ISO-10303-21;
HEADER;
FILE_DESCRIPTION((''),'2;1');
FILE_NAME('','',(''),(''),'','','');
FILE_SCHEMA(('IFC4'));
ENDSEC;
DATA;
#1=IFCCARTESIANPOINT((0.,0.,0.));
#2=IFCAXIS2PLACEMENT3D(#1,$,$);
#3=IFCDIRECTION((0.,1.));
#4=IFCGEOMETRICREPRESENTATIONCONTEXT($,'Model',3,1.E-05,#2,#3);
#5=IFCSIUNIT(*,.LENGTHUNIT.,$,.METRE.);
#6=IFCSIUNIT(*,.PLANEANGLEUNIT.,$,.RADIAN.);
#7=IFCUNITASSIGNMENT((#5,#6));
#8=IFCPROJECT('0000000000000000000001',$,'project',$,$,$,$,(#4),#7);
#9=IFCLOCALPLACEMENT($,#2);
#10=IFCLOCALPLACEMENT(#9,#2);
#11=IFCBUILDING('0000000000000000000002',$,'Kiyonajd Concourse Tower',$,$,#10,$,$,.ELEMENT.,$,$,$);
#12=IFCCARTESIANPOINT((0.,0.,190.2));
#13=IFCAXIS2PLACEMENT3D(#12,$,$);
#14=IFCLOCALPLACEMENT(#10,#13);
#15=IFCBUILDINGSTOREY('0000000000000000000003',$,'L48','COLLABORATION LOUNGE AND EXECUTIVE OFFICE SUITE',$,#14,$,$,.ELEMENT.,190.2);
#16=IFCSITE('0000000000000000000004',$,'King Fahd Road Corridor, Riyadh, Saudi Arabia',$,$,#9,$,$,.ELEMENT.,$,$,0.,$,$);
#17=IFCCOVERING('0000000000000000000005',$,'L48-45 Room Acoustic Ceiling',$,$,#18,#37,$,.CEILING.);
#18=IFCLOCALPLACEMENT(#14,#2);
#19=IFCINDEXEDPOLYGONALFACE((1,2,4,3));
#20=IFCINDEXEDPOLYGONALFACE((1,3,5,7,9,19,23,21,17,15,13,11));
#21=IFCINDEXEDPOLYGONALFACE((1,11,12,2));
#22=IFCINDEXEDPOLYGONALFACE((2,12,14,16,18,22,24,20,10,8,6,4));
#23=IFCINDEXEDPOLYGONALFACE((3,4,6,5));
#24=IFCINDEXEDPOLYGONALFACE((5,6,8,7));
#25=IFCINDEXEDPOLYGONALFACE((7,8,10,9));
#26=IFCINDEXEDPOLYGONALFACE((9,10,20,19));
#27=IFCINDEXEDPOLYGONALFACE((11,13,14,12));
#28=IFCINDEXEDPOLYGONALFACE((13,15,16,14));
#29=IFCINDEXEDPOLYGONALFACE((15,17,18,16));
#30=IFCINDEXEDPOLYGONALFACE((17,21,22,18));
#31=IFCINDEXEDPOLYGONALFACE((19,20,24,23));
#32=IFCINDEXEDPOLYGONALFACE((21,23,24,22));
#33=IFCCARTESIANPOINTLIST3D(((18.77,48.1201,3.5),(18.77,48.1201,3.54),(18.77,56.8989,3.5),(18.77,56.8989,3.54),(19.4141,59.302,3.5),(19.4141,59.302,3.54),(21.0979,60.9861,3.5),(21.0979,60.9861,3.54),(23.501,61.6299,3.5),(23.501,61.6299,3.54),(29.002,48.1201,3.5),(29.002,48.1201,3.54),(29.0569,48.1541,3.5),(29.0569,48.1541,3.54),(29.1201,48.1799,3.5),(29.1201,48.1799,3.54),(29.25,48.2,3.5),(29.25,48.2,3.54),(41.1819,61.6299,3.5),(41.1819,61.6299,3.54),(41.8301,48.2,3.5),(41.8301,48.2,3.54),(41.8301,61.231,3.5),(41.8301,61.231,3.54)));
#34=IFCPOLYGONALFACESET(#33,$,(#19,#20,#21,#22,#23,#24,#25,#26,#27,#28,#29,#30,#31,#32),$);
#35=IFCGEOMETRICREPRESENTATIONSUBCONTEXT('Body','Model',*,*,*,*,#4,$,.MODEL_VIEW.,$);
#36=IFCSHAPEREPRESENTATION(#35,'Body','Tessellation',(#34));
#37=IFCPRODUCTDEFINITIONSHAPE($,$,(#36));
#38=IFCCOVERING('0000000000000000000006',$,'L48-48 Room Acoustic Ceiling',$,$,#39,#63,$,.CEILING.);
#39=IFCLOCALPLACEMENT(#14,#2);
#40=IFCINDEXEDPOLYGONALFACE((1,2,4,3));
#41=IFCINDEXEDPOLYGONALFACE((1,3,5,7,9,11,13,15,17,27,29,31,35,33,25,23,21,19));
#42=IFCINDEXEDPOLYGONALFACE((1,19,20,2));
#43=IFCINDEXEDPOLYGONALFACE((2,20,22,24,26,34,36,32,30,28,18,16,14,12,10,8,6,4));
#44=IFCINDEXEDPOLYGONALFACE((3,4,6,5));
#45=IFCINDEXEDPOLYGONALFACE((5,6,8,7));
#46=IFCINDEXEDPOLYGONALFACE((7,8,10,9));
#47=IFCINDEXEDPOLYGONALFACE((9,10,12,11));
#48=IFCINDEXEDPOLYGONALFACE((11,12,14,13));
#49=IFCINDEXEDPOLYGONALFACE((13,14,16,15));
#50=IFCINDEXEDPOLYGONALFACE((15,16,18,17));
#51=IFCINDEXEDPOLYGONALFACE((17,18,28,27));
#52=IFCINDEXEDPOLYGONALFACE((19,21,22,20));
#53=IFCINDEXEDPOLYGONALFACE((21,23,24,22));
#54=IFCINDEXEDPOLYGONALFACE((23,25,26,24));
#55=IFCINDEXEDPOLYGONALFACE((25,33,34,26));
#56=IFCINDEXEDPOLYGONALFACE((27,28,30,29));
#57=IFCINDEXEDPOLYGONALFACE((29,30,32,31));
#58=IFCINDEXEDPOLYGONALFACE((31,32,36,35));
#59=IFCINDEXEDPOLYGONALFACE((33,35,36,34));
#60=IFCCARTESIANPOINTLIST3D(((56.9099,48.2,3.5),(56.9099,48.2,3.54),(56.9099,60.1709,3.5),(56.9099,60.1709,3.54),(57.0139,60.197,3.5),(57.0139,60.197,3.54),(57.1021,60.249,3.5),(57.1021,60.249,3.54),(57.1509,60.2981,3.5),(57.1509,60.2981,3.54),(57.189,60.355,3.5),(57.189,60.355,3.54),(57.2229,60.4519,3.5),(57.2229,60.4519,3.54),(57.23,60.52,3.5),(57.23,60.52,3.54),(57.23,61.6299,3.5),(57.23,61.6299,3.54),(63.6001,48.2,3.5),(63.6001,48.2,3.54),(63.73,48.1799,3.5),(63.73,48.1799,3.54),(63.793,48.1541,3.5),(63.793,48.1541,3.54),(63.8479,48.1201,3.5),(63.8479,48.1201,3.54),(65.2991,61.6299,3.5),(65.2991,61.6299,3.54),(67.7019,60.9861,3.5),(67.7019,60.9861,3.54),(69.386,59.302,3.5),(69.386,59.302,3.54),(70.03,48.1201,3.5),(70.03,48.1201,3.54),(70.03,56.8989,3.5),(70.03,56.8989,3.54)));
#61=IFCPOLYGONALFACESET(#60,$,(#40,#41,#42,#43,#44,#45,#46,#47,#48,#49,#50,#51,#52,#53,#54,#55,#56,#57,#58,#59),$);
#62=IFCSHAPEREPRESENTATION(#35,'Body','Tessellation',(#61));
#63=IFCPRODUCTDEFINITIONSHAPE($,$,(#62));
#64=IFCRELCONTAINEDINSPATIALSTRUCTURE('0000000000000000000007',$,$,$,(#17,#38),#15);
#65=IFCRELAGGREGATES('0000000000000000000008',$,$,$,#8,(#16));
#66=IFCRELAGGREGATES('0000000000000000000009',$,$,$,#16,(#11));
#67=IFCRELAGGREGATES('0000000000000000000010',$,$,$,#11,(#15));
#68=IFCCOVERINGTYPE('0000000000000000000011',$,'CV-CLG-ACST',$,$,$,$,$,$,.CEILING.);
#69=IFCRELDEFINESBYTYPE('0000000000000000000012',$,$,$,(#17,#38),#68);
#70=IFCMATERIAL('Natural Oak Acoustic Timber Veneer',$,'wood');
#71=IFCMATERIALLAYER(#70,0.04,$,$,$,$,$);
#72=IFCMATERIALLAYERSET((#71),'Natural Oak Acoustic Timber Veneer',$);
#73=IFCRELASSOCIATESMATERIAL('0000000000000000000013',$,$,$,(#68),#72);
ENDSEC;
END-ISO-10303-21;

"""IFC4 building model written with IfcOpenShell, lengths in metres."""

from ifc_helpers import new_model, si_unit, direction, frame, origin, place, context, subcontext, project, spatial, polyline, outline, extrude, material, layer, layer_set, type_object, element, save


model = new_model("IFC4")

# Units and contexts
model_context = context("Model", 3, precision=1e-05, world=origin(), true_north=direction((0.0, 1.0)))
body_context = subcontext(model_context, "Body", "Model", "MODEL_VIEW")
ifc_project = project(units=[si_unit("LENGTHUNIT", "METRE"), si_unit("PLANEANGLEUNIT", "RADIAN")], contexts=[model_context])

# Site, building, storey
site_placement = place(None, origin())
site = spatial("IfcSite", under=ifc_project, at=site_placement, Name="King Fahd Road Corridor, Riyadh, Saudi Arabia", CompositionType="ELEMENT", RefElevation=0.0)
building_placement = place(site_placement, origin())
building = spatial("IfcBuilding", under=site, at=building_placement, Name="Kiyonajd Concourse Tower", CompositionType="ELEMENT")
storey_placement = place(building_placement, frame((0.0, 0.0, 190.2)))
storey = spatial("IfcBuildingStorey", under=building, at=storey_placement, Name="L48", Description="COLLABORATION LOUNGE AND EXECUTIVE OFFICE SUITE", CompositionType="ELEMENT", Elevation=190.2)

# Coverings
ifc_material_1 = material(Name="Natural Oak Acoustic Timber Veneer", Category="wood")
ifc_layer_1 = layer(ifc_material_1, 0.04)
ifc_layer_set_1 = layer_set([ifc_layer_1], Name="Natural Oak Acoustic Timber Veneer")
covering_type = type_object("IfcCoveringType", Name="CV-CLG-ACST", PredefinedType="CEILING", material=ifc_layer_set_1)
covering_1_placement = place(storey_placement, frame((0.0, 0.0, 3.5)))
element("IfcCovering", 1, at=covering_1_placement, inside=storey, type_object=covering_type, Name="L48-45 Room Acoustic Ceiling", PredefinedType="CEILING", context=body_context, shape_type="SweptSolid", body=[
    extrude(outline(polyline([(21.0979, 60.9861), (23.501, 61.6299), (41.1819, 61.6299), (41.8301, 61.231), (41.8301, 48.2), (29.25, 48.2), (29.1201, 48.1799), (29.0569, 48.1541), (29.002, 48.1201), (18.77, 48.1201), (18.77, 56.8989), (19.4141, 59.302), (21.0979, 60.9861)])), origin(), (0.0, 0.0, 1.0), 0.04),
])
covering_2_placement = place(storey_placement, frame((0.0, 0.0, 3.5)))
element("IfcCovering", 2, at=covering_2_placement, inside=storey, type_object=covering_type, Name="L48-48 Room Acoustic Ceiling", PredefinedType="CEILING", context=body_context, shape_type="SweptSolid", body=[
    extrude(outline(polyline([(57.23, 61.6299), (65.2991, 61.6299), (67.7019, 60.9861), (69.386, 59.302), (70.03, 56.8989), (70.03, 48.1201), (63.8479, 48.1201), (63.793, 48.1541), (63.73, 48.1799), (63.6001, 48.2), (56.9099, 48.2), (56.9099, 60.1709), (57.0139, 60.197), (57.1021, 60.249), (57.1509, 60.2981), (57.189, 60.355), (57.2229, 60.4519), (57.23, 60.52), (57.23, 61.6299)])), origin(), (0.0, 0.0, 1.0), 0.04),
])

save(model, "model.ifc")
